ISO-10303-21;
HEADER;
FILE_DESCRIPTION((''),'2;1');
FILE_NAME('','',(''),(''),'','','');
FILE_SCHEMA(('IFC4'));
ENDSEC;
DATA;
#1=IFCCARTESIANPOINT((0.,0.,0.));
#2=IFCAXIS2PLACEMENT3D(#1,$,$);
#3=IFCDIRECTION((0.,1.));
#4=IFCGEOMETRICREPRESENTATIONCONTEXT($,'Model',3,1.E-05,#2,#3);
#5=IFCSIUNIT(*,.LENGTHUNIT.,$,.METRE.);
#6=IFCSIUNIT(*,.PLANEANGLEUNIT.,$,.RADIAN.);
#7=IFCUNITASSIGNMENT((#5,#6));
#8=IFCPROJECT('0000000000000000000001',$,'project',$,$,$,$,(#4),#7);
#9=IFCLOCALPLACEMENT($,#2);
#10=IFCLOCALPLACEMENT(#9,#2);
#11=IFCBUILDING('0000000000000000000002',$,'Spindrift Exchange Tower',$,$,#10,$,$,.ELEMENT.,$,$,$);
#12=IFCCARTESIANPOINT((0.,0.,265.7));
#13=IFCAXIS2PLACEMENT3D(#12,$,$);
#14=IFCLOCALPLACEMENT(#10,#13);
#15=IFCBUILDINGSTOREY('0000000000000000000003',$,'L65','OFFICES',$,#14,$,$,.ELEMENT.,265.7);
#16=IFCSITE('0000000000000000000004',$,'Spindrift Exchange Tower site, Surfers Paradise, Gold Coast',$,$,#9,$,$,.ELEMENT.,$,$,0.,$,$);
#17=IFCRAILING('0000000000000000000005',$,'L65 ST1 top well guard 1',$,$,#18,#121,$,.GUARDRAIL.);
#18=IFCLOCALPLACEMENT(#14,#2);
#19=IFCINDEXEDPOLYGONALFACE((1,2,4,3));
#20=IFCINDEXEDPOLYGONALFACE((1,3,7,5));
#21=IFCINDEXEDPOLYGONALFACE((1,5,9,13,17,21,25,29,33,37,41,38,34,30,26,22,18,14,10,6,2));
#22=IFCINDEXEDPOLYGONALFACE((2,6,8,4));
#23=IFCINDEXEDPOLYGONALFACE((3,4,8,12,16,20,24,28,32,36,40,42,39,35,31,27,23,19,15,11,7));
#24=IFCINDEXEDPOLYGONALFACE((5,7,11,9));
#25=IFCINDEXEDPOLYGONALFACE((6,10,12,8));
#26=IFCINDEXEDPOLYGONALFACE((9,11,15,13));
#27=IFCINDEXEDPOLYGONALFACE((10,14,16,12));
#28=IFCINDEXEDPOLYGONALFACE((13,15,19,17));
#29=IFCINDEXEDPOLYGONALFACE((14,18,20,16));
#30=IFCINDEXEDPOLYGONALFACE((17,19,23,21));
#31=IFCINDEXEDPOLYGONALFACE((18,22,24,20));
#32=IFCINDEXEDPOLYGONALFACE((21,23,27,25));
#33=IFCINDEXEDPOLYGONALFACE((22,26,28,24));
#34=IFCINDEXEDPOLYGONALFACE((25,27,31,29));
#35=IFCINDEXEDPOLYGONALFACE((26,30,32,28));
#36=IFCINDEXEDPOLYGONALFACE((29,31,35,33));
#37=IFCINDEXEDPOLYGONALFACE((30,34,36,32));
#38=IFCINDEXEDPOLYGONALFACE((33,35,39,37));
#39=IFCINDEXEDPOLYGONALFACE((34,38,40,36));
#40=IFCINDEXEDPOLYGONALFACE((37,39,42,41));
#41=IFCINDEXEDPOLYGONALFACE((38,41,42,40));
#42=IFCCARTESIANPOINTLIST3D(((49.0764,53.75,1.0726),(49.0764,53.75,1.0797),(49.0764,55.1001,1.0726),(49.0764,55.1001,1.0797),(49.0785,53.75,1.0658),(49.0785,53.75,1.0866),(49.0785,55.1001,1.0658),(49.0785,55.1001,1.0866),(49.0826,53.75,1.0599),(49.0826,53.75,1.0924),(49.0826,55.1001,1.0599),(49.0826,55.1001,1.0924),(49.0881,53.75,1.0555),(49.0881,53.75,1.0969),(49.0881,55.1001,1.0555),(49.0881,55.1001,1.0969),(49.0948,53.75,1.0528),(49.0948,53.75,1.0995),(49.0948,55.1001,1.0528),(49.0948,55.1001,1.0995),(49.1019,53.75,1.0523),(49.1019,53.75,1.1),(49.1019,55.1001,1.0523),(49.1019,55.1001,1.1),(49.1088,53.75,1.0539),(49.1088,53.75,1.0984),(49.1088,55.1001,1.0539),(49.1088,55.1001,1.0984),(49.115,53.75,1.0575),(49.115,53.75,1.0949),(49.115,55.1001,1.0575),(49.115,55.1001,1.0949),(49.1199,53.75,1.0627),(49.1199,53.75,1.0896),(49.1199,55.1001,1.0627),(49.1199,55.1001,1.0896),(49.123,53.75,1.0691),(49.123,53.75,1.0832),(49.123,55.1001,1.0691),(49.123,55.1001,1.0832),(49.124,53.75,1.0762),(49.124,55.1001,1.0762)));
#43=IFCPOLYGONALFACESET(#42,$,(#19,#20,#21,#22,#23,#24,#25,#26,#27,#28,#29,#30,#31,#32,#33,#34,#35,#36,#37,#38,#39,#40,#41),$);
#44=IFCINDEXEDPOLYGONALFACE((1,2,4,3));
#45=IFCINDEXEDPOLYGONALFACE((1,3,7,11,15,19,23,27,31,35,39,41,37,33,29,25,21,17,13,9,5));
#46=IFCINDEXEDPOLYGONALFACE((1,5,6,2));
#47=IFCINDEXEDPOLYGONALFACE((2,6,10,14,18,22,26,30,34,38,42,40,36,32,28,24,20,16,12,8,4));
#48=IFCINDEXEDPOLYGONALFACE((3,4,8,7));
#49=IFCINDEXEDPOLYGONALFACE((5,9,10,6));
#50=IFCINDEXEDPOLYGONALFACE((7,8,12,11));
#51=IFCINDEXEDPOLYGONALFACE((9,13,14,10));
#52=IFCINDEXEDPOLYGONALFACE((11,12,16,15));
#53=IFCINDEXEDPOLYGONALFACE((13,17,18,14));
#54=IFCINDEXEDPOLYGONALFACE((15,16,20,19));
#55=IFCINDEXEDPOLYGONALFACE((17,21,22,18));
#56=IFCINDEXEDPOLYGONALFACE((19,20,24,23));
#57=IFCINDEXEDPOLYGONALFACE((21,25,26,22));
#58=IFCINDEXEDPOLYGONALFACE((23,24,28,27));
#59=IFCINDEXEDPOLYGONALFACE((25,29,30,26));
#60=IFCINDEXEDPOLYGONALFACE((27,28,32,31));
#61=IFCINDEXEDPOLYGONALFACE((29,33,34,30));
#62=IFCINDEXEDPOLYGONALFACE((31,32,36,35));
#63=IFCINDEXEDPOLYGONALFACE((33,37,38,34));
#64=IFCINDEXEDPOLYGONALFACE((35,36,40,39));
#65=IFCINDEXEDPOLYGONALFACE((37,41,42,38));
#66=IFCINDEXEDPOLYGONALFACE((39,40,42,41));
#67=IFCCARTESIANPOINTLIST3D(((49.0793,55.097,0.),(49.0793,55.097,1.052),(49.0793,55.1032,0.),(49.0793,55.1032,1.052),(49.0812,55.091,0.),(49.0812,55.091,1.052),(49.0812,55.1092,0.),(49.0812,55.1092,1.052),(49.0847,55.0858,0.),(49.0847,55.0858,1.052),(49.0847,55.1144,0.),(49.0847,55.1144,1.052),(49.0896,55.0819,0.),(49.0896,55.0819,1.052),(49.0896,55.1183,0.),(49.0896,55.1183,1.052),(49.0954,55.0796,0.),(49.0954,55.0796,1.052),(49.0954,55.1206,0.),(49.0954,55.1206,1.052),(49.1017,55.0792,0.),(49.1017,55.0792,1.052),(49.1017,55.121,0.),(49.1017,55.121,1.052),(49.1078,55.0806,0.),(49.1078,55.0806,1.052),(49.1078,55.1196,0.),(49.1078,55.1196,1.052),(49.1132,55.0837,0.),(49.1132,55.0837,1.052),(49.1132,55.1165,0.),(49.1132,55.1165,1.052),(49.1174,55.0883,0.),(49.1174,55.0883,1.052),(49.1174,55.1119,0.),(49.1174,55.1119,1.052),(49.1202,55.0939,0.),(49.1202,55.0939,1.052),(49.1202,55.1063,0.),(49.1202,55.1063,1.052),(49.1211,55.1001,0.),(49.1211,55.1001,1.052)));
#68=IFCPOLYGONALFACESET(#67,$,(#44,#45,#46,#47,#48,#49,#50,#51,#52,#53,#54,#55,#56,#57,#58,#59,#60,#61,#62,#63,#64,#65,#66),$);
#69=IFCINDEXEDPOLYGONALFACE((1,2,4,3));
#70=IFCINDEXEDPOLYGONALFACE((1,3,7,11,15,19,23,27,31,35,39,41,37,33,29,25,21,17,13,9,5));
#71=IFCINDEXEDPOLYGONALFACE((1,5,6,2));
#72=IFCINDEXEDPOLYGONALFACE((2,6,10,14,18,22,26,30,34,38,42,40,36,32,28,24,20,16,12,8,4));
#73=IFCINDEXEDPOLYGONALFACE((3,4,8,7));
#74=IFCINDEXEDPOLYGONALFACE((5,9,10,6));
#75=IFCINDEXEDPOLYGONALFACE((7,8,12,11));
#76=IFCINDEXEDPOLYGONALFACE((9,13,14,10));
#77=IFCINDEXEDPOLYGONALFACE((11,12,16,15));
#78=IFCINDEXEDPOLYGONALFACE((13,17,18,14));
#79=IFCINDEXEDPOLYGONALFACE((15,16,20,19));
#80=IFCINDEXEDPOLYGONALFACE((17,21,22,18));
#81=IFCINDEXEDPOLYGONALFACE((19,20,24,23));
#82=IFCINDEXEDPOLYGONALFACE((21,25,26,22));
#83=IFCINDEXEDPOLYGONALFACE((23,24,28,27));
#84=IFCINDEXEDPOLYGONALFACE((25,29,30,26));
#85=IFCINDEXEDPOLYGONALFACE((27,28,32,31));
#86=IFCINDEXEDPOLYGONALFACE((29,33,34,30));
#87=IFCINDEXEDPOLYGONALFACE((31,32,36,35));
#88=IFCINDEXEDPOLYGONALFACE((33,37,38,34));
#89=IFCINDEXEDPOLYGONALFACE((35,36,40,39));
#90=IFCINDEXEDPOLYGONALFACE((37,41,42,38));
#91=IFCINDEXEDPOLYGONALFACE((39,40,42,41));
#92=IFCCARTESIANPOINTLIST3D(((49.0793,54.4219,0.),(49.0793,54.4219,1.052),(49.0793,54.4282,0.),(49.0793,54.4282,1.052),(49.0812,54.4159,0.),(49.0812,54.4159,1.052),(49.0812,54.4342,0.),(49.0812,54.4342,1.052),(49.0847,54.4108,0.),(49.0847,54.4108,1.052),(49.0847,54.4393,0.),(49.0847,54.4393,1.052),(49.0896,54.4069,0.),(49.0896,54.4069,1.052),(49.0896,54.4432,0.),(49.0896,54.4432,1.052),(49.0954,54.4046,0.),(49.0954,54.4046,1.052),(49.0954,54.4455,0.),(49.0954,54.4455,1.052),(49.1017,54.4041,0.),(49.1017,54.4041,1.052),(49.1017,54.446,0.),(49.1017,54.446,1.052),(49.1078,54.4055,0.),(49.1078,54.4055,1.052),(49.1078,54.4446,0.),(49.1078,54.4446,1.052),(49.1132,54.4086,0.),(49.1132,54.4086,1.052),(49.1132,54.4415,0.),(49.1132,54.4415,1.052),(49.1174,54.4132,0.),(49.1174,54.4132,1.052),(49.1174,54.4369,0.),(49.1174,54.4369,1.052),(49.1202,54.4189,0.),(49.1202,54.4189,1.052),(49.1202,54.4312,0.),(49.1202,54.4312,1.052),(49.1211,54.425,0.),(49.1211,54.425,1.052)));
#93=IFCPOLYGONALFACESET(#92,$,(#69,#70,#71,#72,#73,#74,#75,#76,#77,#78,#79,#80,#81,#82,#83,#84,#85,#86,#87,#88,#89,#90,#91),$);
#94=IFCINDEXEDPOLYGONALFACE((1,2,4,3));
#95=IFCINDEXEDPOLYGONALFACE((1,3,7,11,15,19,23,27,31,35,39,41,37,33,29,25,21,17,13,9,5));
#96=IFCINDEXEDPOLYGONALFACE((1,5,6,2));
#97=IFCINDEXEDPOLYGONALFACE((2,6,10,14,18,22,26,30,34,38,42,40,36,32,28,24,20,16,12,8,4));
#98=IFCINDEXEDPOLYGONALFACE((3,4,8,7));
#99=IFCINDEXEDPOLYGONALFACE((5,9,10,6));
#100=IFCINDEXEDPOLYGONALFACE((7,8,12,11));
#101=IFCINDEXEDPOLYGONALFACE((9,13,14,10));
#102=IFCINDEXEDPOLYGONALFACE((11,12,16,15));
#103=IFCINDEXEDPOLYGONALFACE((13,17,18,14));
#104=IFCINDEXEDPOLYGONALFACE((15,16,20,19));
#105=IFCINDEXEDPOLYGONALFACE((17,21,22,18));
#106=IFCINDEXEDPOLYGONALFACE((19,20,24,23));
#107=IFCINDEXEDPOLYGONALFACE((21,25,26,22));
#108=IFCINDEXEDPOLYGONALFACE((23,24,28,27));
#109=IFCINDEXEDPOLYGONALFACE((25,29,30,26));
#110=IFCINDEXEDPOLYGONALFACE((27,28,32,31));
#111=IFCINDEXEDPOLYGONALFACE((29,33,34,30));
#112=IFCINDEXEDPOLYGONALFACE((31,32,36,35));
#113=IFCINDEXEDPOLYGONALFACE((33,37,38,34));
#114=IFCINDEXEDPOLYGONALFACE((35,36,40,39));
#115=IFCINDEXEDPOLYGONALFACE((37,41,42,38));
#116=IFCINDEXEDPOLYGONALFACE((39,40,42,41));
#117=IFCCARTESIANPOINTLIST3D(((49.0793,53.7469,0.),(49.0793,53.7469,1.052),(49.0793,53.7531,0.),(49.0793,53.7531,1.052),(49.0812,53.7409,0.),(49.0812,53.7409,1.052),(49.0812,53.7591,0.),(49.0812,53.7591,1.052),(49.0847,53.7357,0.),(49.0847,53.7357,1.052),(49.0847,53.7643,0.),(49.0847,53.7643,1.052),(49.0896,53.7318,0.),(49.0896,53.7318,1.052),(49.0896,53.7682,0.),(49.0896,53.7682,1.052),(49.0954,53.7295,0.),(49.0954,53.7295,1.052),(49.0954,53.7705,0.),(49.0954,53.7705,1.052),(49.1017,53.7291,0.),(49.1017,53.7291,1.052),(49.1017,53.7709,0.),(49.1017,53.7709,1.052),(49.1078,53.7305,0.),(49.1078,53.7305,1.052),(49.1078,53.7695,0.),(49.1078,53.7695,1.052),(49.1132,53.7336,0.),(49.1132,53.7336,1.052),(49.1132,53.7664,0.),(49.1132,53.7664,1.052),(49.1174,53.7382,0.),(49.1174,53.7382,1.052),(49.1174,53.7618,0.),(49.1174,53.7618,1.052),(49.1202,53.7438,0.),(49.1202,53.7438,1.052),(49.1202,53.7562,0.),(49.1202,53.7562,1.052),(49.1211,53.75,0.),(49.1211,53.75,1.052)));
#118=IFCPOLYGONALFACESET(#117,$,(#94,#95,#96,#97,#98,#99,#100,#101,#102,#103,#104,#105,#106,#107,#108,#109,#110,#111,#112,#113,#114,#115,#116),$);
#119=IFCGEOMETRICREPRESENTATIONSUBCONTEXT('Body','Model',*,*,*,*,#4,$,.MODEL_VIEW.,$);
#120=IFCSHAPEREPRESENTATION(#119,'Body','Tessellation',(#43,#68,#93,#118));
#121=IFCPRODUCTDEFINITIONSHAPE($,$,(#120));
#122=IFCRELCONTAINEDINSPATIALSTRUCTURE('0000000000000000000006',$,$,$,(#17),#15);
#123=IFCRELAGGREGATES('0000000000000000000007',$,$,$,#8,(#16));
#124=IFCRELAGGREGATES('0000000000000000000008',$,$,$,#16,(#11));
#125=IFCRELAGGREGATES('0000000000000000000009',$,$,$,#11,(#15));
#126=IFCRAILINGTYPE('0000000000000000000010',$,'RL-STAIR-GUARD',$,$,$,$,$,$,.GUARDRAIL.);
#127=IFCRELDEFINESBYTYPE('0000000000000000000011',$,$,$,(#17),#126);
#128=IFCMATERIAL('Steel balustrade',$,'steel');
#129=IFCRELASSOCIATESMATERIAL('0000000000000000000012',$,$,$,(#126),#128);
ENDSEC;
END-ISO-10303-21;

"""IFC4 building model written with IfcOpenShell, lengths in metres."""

from ifc_helpers import new_model, si_unit, direction, frame, origin, origin_2d, place, context, subcontext, project, spatial, circle, extrude, material, type_object, element, save


model = new_model("IFC4")

# Units and contexts
model_context = context("Model", 3, precision=1e-05, world=origin(), true_north=direction((0.0, 1.0)))
body_context = subcontext(model_context, "Body", "Model", "MODEL_VIEW")
ifc_project = project(units=[si_unit("LENGTHUNIT", "METRE"), si_unit("PLANEANGLEUNIT", "RADIAN")], contexts=[model_context])

# Site, building, storey
site_placement = place(None, origin())
site = spatial("IfcSite", under=ifc_project, at=site_placement, Name="Spindrift Exchange Tower site, Surfers Paradise, Gold Coast", CompositionType="ELEMENT", RefElevation=0.0)
building_placement = place(site_placement, origin())
building = spatial("IfcBuilding", under=site, at=building_placement, Name="Spindrift Exchange Tower", CompositionType="ELEMENT")
storey_placement = place(building_placement, frame((0.0, 0.0, 265.7)))
storey = spatial("IfcBuildingStorey", under=building, at=storey_placement, Name="L65", Description="OFFICES", CompositionType="ELEMENT", Elevation=265.7)

# Railing
ifc_material_1 = material(Name="Steel balustrade", Category="steel")
railing_type_1 = type_object("IfcRailingType", Name="RL-STAIR-GUARD", PredefinedType="GUARDRAIL", material=ifc_material_1)
railing_1_placement = place(storey_placement, frame((49.1001, 55.1001, 0.0)))
element("IfcRailing", 1, at=railing_1_placement, inside=storey, type_object=railing_type_1, Name="L65 ST1 top well guard 1", PredefinedType="GUARDRAIL", context=body_context, shape_type="SweptSolid", body=[
    extrude(circle(Radius=0.0239, at=origin_2d()), frame((0.0, 0.0, 1.0762), z_axis=(0.0, -1.0, 0.0), x_axis=(1.0, 0.0, 0.0)), (0.0, 0.0, 1.0), 1.3501),
    extrude(circle(Radius=0.021, at=origin_2d()), origin(), (0.0, 0.0, 1.0), 1.052),
    extrude(circle(Radius=0.021, at=origin_2d()), frame((0.0, -0.675, 0.0)), (0.0, 0.0, 1.0), 1.052),
    extrude(circle(Radius=0.021, at=origin_2d()), frame((0.0, -1.3501, 0.0)), (0.0, 0.0, 1.0), 1.052),
])

save(model, "model.ifc")
